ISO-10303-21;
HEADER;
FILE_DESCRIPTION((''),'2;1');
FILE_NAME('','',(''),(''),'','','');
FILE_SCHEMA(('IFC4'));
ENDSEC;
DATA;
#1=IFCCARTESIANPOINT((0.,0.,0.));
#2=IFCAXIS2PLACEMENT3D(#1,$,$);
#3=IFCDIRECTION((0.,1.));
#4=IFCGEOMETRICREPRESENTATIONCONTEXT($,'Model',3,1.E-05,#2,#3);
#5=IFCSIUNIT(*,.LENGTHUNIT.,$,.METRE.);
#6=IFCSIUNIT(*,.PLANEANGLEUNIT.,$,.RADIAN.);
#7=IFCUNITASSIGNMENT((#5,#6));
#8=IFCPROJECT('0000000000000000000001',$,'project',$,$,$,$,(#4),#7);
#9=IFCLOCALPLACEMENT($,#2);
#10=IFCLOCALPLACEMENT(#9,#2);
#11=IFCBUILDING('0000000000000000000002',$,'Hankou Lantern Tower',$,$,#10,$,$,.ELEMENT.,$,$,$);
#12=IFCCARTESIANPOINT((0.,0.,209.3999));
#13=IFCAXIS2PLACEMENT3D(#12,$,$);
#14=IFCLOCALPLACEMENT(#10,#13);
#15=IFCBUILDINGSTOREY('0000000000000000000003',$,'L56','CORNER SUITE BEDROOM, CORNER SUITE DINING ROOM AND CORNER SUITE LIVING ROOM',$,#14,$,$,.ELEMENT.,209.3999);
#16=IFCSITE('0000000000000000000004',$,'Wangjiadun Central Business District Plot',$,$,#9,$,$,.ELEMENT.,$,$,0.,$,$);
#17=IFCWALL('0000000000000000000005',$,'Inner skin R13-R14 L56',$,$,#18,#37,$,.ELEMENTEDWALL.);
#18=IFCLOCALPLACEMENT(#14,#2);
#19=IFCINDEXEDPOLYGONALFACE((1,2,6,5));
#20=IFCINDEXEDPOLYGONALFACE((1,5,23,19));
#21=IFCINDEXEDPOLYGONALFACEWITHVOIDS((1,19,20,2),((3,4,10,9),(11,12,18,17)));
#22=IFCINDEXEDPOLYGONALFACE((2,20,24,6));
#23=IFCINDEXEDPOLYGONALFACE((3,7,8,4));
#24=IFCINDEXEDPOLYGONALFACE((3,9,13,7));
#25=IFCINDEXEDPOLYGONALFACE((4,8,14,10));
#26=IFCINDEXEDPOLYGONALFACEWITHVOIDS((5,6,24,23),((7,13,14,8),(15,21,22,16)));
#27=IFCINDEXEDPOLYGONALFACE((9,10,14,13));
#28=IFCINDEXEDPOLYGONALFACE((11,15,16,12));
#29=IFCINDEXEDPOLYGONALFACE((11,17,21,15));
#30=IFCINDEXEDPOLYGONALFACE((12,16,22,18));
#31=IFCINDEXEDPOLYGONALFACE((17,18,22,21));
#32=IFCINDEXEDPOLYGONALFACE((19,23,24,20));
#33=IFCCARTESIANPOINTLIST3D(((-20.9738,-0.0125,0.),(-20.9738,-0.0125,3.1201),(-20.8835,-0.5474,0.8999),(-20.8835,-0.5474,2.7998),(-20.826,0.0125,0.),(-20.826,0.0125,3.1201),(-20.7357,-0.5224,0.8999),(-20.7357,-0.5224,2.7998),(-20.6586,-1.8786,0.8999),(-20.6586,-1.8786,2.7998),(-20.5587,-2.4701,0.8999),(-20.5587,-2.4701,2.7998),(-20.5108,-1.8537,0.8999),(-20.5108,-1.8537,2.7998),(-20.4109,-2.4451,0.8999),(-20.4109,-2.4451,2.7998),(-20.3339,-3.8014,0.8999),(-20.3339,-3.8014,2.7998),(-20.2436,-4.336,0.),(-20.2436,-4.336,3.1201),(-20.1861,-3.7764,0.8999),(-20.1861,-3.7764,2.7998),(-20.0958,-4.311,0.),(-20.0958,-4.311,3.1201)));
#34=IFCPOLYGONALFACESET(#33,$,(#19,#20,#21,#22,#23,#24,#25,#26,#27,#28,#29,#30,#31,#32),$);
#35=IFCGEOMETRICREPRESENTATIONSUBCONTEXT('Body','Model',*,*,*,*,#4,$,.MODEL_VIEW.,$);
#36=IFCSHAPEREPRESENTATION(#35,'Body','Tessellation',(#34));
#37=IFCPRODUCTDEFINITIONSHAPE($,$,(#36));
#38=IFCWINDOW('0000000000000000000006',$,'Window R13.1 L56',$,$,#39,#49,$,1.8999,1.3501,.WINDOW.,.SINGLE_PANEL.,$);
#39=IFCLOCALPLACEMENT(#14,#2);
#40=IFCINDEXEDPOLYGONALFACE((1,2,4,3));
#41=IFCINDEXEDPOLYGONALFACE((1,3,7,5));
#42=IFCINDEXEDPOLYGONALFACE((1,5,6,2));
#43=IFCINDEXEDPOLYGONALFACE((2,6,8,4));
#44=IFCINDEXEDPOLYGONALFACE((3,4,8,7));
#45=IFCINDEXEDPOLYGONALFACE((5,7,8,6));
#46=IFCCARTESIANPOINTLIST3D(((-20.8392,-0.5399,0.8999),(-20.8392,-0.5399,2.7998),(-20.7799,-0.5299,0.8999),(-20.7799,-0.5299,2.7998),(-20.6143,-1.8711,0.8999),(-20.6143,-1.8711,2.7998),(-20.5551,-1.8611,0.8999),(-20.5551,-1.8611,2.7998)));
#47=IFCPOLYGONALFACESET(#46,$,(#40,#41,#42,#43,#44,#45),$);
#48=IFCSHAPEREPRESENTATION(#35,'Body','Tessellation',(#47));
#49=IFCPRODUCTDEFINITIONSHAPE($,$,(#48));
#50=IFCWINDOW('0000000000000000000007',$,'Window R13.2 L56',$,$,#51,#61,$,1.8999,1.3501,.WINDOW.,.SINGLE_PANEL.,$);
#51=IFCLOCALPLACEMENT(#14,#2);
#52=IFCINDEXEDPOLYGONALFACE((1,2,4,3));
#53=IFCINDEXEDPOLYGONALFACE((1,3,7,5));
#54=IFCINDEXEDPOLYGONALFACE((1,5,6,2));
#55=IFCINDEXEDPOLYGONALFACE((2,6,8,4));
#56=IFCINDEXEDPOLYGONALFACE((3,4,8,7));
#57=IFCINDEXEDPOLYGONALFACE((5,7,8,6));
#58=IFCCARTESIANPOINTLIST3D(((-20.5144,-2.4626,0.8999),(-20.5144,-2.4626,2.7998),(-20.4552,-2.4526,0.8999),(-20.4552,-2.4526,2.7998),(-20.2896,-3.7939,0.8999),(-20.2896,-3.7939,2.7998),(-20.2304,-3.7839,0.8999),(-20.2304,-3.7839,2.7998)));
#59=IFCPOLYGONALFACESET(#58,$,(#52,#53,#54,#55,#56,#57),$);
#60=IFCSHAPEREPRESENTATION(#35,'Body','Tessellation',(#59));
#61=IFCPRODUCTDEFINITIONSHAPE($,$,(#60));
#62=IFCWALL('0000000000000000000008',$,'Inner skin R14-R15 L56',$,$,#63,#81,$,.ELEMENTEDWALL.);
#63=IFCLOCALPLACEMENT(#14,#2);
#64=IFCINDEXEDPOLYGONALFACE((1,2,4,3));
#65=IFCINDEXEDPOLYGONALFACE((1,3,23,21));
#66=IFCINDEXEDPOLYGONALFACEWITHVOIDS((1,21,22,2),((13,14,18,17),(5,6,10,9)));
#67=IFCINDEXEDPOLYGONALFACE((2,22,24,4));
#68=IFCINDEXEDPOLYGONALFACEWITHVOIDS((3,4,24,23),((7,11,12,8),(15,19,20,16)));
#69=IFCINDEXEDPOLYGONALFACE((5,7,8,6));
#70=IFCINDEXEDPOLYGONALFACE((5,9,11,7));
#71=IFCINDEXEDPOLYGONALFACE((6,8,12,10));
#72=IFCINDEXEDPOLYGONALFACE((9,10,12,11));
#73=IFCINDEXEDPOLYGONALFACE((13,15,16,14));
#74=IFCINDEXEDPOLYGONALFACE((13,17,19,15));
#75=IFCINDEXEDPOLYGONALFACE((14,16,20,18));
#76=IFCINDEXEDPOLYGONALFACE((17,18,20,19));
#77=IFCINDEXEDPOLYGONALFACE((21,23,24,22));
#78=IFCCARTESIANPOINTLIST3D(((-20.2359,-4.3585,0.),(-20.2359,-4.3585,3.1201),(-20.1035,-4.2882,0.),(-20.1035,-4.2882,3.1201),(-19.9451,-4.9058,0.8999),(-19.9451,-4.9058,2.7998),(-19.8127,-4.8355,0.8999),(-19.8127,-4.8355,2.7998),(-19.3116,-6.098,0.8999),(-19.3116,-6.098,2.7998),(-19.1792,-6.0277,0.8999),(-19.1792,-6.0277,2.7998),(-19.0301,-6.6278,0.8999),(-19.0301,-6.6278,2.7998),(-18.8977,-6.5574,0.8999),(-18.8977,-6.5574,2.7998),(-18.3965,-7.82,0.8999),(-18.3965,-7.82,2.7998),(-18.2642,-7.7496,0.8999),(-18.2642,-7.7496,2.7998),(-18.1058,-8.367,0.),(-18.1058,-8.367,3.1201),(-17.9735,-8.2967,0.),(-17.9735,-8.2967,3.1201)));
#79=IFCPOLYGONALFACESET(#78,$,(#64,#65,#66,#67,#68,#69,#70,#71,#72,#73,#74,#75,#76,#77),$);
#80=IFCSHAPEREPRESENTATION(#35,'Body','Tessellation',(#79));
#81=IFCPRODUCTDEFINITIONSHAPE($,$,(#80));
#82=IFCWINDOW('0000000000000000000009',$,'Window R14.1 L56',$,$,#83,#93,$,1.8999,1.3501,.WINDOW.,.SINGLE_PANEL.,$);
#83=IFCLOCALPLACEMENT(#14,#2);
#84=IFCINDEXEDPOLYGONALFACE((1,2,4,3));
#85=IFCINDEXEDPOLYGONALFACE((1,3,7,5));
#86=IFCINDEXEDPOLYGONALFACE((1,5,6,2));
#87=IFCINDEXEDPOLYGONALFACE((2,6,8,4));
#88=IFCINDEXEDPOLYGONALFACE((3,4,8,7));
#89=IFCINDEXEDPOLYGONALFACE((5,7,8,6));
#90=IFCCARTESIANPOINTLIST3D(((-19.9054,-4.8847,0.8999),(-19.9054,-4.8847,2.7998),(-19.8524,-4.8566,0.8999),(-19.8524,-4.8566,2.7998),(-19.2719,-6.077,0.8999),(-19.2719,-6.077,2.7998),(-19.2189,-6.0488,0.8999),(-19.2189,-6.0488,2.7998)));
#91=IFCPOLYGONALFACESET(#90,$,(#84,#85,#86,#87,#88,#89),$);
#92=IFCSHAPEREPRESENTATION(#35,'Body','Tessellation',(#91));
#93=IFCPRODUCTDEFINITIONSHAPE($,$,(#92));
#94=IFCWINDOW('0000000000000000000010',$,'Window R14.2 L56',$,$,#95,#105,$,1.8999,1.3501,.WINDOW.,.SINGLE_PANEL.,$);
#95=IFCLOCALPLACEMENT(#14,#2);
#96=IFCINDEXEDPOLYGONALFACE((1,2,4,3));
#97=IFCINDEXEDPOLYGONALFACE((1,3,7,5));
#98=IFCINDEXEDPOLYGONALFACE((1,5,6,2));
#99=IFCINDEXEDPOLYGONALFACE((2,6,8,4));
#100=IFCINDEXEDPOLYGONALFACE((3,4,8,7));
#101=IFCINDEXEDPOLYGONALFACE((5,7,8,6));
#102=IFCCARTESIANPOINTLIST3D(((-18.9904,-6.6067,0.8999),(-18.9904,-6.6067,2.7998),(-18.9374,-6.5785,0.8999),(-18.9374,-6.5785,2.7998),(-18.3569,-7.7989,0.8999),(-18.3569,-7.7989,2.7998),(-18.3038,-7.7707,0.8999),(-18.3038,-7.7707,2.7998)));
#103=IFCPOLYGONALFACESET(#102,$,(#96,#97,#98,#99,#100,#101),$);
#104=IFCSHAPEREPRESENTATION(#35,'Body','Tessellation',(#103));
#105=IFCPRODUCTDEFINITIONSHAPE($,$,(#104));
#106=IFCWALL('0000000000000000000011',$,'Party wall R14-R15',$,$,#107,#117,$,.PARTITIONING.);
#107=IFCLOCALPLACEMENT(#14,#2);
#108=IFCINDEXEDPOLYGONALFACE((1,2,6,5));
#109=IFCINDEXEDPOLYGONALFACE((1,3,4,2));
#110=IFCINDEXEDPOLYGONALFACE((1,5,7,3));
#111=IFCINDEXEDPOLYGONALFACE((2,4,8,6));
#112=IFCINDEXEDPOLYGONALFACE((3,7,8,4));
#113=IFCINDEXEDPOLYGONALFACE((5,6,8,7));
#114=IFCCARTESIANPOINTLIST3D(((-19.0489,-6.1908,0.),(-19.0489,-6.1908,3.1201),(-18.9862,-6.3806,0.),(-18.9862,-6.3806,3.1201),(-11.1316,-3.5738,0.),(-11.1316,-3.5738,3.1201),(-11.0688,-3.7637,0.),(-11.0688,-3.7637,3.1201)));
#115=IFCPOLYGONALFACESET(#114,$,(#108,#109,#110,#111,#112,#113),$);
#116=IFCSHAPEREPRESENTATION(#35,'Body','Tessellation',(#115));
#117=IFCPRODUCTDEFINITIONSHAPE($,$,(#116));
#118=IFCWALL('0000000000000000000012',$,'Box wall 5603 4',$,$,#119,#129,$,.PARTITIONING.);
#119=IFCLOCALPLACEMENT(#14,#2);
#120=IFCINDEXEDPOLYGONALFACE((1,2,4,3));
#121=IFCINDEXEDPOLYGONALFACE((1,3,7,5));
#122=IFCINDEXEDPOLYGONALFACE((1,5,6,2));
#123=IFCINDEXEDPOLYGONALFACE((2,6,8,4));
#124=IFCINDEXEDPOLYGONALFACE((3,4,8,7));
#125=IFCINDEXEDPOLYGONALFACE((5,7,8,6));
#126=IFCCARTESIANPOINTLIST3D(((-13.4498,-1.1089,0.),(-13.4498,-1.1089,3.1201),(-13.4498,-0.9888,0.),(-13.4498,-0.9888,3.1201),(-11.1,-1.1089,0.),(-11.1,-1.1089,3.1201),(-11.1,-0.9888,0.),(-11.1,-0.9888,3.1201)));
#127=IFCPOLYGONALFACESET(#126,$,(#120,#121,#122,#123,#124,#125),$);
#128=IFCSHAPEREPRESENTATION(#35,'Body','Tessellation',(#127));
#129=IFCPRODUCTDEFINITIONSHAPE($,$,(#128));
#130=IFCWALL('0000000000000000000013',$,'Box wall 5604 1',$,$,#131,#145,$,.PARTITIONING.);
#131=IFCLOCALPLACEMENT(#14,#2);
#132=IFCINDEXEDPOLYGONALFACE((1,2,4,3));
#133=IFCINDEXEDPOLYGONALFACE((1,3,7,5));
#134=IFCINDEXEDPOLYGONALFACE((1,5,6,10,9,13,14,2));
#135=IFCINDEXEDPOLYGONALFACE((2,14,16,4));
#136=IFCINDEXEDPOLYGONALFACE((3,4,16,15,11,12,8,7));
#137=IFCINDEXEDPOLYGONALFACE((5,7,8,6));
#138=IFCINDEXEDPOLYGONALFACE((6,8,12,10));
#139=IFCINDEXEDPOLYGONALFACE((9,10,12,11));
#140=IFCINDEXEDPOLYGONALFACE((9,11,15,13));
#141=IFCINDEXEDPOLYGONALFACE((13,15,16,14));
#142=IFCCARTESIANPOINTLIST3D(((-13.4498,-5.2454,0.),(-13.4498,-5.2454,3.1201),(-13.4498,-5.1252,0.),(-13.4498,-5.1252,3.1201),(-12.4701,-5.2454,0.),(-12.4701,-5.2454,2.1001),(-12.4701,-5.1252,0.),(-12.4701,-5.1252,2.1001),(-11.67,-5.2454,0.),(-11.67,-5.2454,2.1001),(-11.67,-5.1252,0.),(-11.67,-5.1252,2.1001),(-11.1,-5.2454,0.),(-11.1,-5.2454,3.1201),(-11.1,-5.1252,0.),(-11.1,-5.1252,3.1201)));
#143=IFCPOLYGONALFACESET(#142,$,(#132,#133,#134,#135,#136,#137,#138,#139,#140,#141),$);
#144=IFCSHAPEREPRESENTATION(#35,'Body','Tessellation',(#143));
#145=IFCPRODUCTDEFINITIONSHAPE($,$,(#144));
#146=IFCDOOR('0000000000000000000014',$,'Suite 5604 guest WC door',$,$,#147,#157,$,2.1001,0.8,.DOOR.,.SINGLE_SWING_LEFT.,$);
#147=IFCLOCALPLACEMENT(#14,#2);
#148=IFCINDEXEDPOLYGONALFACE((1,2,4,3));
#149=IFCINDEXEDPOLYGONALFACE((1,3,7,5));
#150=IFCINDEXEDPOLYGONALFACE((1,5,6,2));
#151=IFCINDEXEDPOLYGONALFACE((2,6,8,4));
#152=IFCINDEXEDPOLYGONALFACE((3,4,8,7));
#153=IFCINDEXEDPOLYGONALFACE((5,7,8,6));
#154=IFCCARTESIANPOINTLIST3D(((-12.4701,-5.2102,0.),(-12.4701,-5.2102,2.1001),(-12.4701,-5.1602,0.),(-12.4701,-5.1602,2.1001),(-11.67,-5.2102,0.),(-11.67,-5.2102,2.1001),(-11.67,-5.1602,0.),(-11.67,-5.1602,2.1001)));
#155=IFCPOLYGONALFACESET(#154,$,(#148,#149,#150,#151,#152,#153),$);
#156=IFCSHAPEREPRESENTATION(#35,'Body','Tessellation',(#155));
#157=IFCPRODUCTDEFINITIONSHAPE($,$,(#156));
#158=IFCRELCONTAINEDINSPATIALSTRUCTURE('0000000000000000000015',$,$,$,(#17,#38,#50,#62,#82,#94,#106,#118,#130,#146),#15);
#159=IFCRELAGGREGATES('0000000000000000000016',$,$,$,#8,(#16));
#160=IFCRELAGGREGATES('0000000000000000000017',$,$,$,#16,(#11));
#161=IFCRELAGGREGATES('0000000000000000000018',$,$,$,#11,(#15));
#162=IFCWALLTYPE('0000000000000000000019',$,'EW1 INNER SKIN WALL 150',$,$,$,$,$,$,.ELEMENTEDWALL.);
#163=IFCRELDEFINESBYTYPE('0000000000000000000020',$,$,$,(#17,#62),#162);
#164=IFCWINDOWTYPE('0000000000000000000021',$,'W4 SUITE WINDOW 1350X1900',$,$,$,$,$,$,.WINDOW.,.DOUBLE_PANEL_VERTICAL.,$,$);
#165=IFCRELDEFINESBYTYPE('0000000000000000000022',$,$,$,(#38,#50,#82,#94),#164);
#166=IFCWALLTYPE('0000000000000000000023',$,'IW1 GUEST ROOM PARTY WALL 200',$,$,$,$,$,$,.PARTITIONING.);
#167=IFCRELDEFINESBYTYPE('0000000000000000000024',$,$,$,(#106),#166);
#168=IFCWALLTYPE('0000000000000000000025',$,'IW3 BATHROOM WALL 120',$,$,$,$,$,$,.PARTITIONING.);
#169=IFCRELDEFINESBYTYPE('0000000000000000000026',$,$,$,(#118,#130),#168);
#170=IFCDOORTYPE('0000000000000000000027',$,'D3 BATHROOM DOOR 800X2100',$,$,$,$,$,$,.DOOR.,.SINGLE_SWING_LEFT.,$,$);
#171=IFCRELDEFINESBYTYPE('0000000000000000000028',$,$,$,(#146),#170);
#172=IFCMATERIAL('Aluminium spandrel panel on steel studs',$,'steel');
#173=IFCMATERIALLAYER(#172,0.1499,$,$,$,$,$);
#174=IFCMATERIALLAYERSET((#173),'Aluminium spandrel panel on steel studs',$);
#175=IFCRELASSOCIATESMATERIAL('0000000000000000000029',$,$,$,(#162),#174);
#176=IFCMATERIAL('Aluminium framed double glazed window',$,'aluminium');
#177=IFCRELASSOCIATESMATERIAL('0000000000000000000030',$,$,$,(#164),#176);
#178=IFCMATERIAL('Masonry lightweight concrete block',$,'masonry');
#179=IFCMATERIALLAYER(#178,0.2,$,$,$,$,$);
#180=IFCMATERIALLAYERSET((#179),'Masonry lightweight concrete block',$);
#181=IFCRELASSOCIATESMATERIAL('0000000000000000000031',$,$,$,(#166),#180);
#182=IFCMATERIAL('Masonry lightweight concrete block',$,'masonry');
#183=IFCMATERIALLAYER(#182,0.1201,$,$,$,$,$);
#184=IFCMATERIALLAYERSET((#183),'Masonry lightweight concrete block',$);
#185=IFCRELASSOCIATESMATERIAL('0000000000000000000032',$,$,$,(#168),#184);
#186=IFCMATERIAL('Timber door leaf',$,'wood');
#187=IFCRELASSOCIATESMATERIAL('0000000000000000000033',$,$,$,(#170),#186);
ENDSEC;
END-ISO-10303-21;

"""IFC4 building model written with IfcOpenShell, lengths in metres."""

from ifc_helpers import new_model, si_unit, direction, frame, frame_2d, origin, place, context, subcontext, project, spatial, rectangle, extrude, material, layer, layer_set, type_object, element, fill, save


model = new_model("IFC4")

# Units and contexts
model_context = context("Model", 3, precision=1e-05, world=origin(), true_north=direction((0.0, 1.0)))
body_context = subcontext(model_context, "Body", "Model", "MODEL_VIEW")
ifc_project = project(units=[si_unit("LENGTHUNIT", "METRE"), si_unit("PLANEANGLEUNIT", "RADIAN")], contexts=[model_context])

# Site, building, storey
site_placement = place(None, origin())
site = spatial("IfcSite", under=ifc_project, at=site_placement, Name="Wangjiadun Central Business District Plot", CompositionType="ELEMENT", RefElevation=0.0)
building_placement = place(site_placement, origin())
building = spatial("IfcBuilding", under=site, at=building_placement, Name="Hankou Lantern Tower", CompositionType="ELEMENT")
storey_placement = place(building_placement, frame((0.0, 0.0, 209.3999)))
storey = spatial("IfcBuildingStorey", under=building, at=storey_placement, Name="L56", Description="CORNER SUITE BEDROOM, CORNER SUITE DINING ROOM AND CORNER SUITE LIVING ROOM", CompositionType="ELEMENT", Elevation=209.3999)

# Walls, openings, windows
ifc_material_1 = material(Name="Aluminium spandrel panel on steel studs", Category="steel")
ifc_layer_1 = layer(ifc_material_1, 0.1499)
ifc_layer_set_1 = layer_set([ifc_layer_1], Name="Aluminium spandrel panel on steel studs")
wall_type_1 = type_object("IfcWallType", Name="EW1 INNER SKIN WALL 150", PredefinedType="ELEMENTEDWALL", material=ifc_layer_set_1)
wall_1_placement = place(storey_placement, frame((-20.8999, 0.0, 0.0), z_axis=(0.0, 0.0, 1.0), x_axis=(0.166539, -0.986035, 0.0)))
wall_1 = element("IfcWall", 1, at=wall_1_placement, inside=storey, type_object=wall_type_1, Name="Inner skin R13-R14 L56", PredefinedType="ELEMENTEDWALL", context=body_context, shape_type="SweptSolid", body=[
    extrude(rectangle(XDim=4.3848, YDim=0.1499, at=frame_2d((2.1924, 0.0))), origin(), (0.0, 0.0, 1.0), 3.1201),
])
opening_1_placement = place(wall_1_placement, frame((0.5425, 0.0, 0.8999)))
opening_1 = element("IfcOpeningElement", 2, at=opening_1_placement, cuts=wall_1, PredefinedType="OPENING", context=body_context, shape_type="SweptSolid", body=[
    extrude(rectangle(XDim=1.3501, YDim=1.8999, at=frame_2d((0.675, 0.95))), frame((0.0, 0.085, 0.0), z_axis=(0.0, -1.0, 0.0), x_axis=(1.0, 0.0, 0.0)), (0.0, 0.0, 1.0), 0.1699),
])
opening_2_placement = place(wall_1_placement, frame((2.4924, 0.0, 0.8999)))
opening_2 = element("IfcOpeningElement", 3, at=opening_2_placement, cuts=wall_1, PredefinedType="OPENING", context=body_context, shape_type="SweptSolid", body=[
    extrude(rectangle(XDim=1.3501, YDim=1.8999, at=frame_2d((0.675, 0.95))), frame((0.0, 0.085, 0.0), z_axis=(0.0, -1.0, 0.0), x_axis=(1.0, 0.0, 0.0)), (0.0, 0.0, 1.0), 0.1699),
])
ifc_material_2 = material(Name="Aluminium framed double glazed window", Category="aluminium")
window_type = type_object("IfcWindowType", Name="W4 SUITE WINDOW 1350X1900", PartitioningType="DOUBLE_PANEL_VERTICAL", PredefinedType="WINDOW", material=ifc_material_2)
window_1_placement = place(opening_1_placement, origin())
window_1 = element("IfcWindow", 4, at=window_1_placement, inside=storey, type_object=window_type, Name="Window R13.1 L56", OverallHeight=1.8999, OverallWidth=1.3501, PartitioningType="SINGLE_PANEL", PredefinedType="WINDOW", context=body_context, shape_type="SweptSolid", body=[
    extrude(rectangle(XDim=1.3501, YDim=1.8999, at=frame_2d((0.675, 0.95))), frame((0.0, 0.03, 0.0), z_axis=(0.0, -1.0, 0.0), x_axis=(1.0, 0.0, 0.0)), (0.0, 0.0, 1.0), 0.0601),
])
fill(opening_1, window_1)
window_2_placement = place(opening_2_placement, origin())
window_2 = element("IfcWindow", 5, at=window_2_placement, inside=storey, type_object=window_type, Name="Window R13.2 L56", OverallHeight=1.8999, OverallWidth=1.3501, PartitioningType="SINGLE_PANEL", PredefinedType="WINDOW", context=body_context, shape_type="SweptSolid", body=[
    extrude(rectangle(XDim=1.3501, YDim=1.8999, at=frame_2d((0.675, 0.95))), frame((0.0, 0.03, 0.0), z_axis=(0.0, -1.0, 0.0), x_axis=(1.0, 0.0, 0.0)), (0.0, 0.0, 1.0), 0.0601),
])
fill(opening_2, window_2)
wall_2_placement = place(storey_placement, frame((-20.1697, -4.3235, 0.0), z_axis=(0.0, 0.0, 1.0), x_axis=(0.469256, -0.883062, 0.0)))
wall_2 = element("IfcWall", 6, at=wall_2_placement, inside=storey, type_object=wall_type_1, Name="Inner skin R14-R15 L56", PredefinedType="ELEMENTEDWALL", context=body_context, shape_type="SweptSolid", body=[
    extrude(rectangle(XDim=4.5393, YDim=0.1499, at=frame_2d((2.2695, 0.0))), origin(), (0.0, 0.0, 1.0), 3.1201),
])
opening_3_placement = place(wall_2_placement, frame((0.6196, 0.0, 0.8999)))
opening_3 = element("IfcOpeningElement", 7, at=opening_3_placement, cuts=wall_2, PredefinedType="OPENING", context=body_context, shape_type="SweptSolid", body=[
    extrude(rectangle(XDim=1.3501, YDim=1.8999, at=frame_2d((0.675, 0.95))), frame((0.0, 0.085, 0.0), z_axis=(0.0, -1.0, 0.0), x_axis=(1.0, 0.0, 0.0)), (0.0, 0.0, 1.0), 0.1699),
])
opening_4_placement = place(wall_2_placement, frame((2.5696, 0.0, 0.8999)))
opening_4 = element("IfcOpeningElement", 8, at=opening_4_placement, cuts=wall_2, PredefinedType="OPENING", context=body_context, shape_type="SweptSolid", body=[
    extrude(rectangle(XDim=1.3501, YDim=1.8999, at=frame_2d((0.675, 0.95))), frame((0.0, 0.085, 0.0), z_axis=(0.0, -1.0, 0.0), x_axis=(1.0, 0.0, 0.0)), (0.0, 0.0, 1.0), 0.1699),
])
window_3_placement = place(opening_3_placement, origin())
window_3 = element("IfcWindow", 9, at=window_3_placement, inside=storey, type_object=window_type, Name="Window R14.1 L56", OverallHeight=1.8999, OverallWidth=1.3501, PartitioningType="SINGLE_PANEL", PredefinedType="WINDOW", context=body_context, shape_type="SweptSolid", body=[
    extrude(rectangle(XDim=1.3501, YDim=1.8999, at=frame_2d((0.675, 0.95))), frame((0.0, 0.03, 0.0), z_axis=(0.0, -1.0, 0.0), x_axis=(1.0, 0.0, 0.0)), (0.0, 0.0, 1.0), 0.0601),
])
fill(opening_3, window_3)
window_4_placement = place(opening_4_placement, origin())
window_4 = element("IfcWindow", 10, at=window_4_placement, inside=storey, type_object=window_type, Name="Window R14.2 L56", OverallHeight=1.8999, OverallWidth=1.3501, PartitioningType="SINGLE_PANEL", PredefinedType="WINDOW", context=body_context, shape_type="SweptSolid", body=[
    extrude(rectangle(XDim=1.3501, YDim=1.8999, at=frame_2d((0.675, 0.95))), frame((0.0, 0.03, 0.0), z_axis=(0.0, -1.0, 0.0), x_axis=(1.0, 0.0, 0.0)), (0.0, 0.0, 1.0), 0.0601),
])
fill(opening_4, window_4)

# Walls
ifc_material_3 = material(Name="Masonry lightweight concrete block", Category="masonry")
ifc_layer_2 = layer(ifc_material_3, 0.2)
ifc_layer_set_2 = layer_set([ifc_layer_2], Name="Masonry lightweight concrete block")
wall_type_2 = type_object("IfcWallType", Name="IW1 GUEST ROOM PARTY WALL 200", PredefinedType="PARTITIONING", material=ifc_layer_set_2)
wall_3_placement = place(storey_placement, frame((-11.1001, -3.6687, 0.0), z_axis=(0.0, 0.0, 1.0), x_axis=(-0.949477, -0.313838, 0.0)))
element("IfcWall", 11, at=wall_3_placement, inside=storey, type_object=wall_type_2, Name="Party wall R14-R15", PredefinedType="PARTITIONING", context=body_context, shape_type="SweptSolid", body=[
    extrude(rectangle(XDim=8.3386, YDim=0.2, at=frame_2d((4.1694, 0.0))), origin(), (0.0, 0.0, 1.0), 3.1201),
])
ifc_material_4 = material(Name="Masonry lightweight concrete block", Category="masonry")
ifc_layer_3 = layer(ifc_material_4, 0.1201)
ifc_layer_set_3 = layer_set([ifc_layer_3], Name="Masonry lightweight concrete block")
wall_type_3 = type_object("IfcWallType", Name="IW3 BATHROOM WALL 120", PredefinedType="PARTITIONING", material=ifc_layer_set_3)
wall_4_placement = place(storey_placement, frame((-11.1001, -1.0488, 0.0), z_axis=(0.0, 0.0, 1.0), x_axis=(-1.0, 0.0, 0.0)))
element("IfcWall", 12, at=wall_4_placement, inside=storey, type_object=wall_type_3, Name="Box wall 5603 4", PredefinedType="PARTITIONING", context=body_context, shape_type="SweptSolid", body=[
    extrude(rectangle(XDim=2.3499, YDim=0.1201, at=frame_2d((1.1748, 0.0))), origin(), (0.0, 0.0, 1.0), 3.1201),
])

# Wall, opening, door
wall_5_placement = place(storey_placement, frame((-11.1001, -5.1853, 0.0), z_axis=(0.0, 0.0, 1.0), x_axis=(-1.0, 0.0, 0.0)))
wall_5 = element("IfcWall", 13, at=wall_5_placement, inside=storey, type_object=wall_type_3, Name="Box wall 5604 1", PredefinedType="PARTITIONING", context=body_context, shape_type="SweptSolid", body=[
    extrude(rectangle(XDim=2.3499, YDim=0.1201, at=frame_2d((1.1748, 0.0))), origin(), (0.0, 0.0, 1.0), 3.1201),
])
opening_5_placement = place(wall_5_placement, frame((0.5701, 0.0, 0.0)))
opening_5 = element("IfcOpeningElement", 14, at=opening_5_placement, cuts=wall_5, PredefinedType="OPENING", context=body_context, shape_type="SweptSolid", body=[
    extrude(rectangle(XDim=0.8, YDim=2.1001, at=frame_2d((0.3999, 1.05))), frame((0.0, 0.0701, 0.0), z_axis=(0.0, -1.0, 0.0), x_axis=(1.0, 0.0, 0.0)), (0.0, 0.0, 1.0), 0.1401),
])
ifc_material_5 = material(Name="Timber door leaf", Category="wood")
door_type_1 = type_object("IfcDoorType", Name="D3 BATHROOM DOOR 800X2100", OperationType="SINGLE_SWING_LEFT", PredefinedType="DOOR", material=ifc_material_5)
door_1_placement = place(opening_5_placement, origin())
door_1 = element("IfcDoor", 15, at=door_1_placement, inside=storey, type_object=door_type_1, Name="Suite 5604 guest WC door", OperationType="SINGLE_SWING_LEFT", OverallHeight=2.1001, OverallWidth=0.8, PredefinedType="DOOR", context=body_context, shape_type="SweptSolid", body=[
    extrude(rectangle(XDim=0.8, YDim=2.1001, at=frame_2d((0.3999, 1.05))), frame((0.0, 0.0249, 0.0), z_axis=(0.0, -1.0, 0.0), x_axis=(1.0, 0.0, 0.0)), (0.0, 0.0, 1.0), 0.05),
])
fill(opening_5, door_1)

save(model, "model.ifc")
